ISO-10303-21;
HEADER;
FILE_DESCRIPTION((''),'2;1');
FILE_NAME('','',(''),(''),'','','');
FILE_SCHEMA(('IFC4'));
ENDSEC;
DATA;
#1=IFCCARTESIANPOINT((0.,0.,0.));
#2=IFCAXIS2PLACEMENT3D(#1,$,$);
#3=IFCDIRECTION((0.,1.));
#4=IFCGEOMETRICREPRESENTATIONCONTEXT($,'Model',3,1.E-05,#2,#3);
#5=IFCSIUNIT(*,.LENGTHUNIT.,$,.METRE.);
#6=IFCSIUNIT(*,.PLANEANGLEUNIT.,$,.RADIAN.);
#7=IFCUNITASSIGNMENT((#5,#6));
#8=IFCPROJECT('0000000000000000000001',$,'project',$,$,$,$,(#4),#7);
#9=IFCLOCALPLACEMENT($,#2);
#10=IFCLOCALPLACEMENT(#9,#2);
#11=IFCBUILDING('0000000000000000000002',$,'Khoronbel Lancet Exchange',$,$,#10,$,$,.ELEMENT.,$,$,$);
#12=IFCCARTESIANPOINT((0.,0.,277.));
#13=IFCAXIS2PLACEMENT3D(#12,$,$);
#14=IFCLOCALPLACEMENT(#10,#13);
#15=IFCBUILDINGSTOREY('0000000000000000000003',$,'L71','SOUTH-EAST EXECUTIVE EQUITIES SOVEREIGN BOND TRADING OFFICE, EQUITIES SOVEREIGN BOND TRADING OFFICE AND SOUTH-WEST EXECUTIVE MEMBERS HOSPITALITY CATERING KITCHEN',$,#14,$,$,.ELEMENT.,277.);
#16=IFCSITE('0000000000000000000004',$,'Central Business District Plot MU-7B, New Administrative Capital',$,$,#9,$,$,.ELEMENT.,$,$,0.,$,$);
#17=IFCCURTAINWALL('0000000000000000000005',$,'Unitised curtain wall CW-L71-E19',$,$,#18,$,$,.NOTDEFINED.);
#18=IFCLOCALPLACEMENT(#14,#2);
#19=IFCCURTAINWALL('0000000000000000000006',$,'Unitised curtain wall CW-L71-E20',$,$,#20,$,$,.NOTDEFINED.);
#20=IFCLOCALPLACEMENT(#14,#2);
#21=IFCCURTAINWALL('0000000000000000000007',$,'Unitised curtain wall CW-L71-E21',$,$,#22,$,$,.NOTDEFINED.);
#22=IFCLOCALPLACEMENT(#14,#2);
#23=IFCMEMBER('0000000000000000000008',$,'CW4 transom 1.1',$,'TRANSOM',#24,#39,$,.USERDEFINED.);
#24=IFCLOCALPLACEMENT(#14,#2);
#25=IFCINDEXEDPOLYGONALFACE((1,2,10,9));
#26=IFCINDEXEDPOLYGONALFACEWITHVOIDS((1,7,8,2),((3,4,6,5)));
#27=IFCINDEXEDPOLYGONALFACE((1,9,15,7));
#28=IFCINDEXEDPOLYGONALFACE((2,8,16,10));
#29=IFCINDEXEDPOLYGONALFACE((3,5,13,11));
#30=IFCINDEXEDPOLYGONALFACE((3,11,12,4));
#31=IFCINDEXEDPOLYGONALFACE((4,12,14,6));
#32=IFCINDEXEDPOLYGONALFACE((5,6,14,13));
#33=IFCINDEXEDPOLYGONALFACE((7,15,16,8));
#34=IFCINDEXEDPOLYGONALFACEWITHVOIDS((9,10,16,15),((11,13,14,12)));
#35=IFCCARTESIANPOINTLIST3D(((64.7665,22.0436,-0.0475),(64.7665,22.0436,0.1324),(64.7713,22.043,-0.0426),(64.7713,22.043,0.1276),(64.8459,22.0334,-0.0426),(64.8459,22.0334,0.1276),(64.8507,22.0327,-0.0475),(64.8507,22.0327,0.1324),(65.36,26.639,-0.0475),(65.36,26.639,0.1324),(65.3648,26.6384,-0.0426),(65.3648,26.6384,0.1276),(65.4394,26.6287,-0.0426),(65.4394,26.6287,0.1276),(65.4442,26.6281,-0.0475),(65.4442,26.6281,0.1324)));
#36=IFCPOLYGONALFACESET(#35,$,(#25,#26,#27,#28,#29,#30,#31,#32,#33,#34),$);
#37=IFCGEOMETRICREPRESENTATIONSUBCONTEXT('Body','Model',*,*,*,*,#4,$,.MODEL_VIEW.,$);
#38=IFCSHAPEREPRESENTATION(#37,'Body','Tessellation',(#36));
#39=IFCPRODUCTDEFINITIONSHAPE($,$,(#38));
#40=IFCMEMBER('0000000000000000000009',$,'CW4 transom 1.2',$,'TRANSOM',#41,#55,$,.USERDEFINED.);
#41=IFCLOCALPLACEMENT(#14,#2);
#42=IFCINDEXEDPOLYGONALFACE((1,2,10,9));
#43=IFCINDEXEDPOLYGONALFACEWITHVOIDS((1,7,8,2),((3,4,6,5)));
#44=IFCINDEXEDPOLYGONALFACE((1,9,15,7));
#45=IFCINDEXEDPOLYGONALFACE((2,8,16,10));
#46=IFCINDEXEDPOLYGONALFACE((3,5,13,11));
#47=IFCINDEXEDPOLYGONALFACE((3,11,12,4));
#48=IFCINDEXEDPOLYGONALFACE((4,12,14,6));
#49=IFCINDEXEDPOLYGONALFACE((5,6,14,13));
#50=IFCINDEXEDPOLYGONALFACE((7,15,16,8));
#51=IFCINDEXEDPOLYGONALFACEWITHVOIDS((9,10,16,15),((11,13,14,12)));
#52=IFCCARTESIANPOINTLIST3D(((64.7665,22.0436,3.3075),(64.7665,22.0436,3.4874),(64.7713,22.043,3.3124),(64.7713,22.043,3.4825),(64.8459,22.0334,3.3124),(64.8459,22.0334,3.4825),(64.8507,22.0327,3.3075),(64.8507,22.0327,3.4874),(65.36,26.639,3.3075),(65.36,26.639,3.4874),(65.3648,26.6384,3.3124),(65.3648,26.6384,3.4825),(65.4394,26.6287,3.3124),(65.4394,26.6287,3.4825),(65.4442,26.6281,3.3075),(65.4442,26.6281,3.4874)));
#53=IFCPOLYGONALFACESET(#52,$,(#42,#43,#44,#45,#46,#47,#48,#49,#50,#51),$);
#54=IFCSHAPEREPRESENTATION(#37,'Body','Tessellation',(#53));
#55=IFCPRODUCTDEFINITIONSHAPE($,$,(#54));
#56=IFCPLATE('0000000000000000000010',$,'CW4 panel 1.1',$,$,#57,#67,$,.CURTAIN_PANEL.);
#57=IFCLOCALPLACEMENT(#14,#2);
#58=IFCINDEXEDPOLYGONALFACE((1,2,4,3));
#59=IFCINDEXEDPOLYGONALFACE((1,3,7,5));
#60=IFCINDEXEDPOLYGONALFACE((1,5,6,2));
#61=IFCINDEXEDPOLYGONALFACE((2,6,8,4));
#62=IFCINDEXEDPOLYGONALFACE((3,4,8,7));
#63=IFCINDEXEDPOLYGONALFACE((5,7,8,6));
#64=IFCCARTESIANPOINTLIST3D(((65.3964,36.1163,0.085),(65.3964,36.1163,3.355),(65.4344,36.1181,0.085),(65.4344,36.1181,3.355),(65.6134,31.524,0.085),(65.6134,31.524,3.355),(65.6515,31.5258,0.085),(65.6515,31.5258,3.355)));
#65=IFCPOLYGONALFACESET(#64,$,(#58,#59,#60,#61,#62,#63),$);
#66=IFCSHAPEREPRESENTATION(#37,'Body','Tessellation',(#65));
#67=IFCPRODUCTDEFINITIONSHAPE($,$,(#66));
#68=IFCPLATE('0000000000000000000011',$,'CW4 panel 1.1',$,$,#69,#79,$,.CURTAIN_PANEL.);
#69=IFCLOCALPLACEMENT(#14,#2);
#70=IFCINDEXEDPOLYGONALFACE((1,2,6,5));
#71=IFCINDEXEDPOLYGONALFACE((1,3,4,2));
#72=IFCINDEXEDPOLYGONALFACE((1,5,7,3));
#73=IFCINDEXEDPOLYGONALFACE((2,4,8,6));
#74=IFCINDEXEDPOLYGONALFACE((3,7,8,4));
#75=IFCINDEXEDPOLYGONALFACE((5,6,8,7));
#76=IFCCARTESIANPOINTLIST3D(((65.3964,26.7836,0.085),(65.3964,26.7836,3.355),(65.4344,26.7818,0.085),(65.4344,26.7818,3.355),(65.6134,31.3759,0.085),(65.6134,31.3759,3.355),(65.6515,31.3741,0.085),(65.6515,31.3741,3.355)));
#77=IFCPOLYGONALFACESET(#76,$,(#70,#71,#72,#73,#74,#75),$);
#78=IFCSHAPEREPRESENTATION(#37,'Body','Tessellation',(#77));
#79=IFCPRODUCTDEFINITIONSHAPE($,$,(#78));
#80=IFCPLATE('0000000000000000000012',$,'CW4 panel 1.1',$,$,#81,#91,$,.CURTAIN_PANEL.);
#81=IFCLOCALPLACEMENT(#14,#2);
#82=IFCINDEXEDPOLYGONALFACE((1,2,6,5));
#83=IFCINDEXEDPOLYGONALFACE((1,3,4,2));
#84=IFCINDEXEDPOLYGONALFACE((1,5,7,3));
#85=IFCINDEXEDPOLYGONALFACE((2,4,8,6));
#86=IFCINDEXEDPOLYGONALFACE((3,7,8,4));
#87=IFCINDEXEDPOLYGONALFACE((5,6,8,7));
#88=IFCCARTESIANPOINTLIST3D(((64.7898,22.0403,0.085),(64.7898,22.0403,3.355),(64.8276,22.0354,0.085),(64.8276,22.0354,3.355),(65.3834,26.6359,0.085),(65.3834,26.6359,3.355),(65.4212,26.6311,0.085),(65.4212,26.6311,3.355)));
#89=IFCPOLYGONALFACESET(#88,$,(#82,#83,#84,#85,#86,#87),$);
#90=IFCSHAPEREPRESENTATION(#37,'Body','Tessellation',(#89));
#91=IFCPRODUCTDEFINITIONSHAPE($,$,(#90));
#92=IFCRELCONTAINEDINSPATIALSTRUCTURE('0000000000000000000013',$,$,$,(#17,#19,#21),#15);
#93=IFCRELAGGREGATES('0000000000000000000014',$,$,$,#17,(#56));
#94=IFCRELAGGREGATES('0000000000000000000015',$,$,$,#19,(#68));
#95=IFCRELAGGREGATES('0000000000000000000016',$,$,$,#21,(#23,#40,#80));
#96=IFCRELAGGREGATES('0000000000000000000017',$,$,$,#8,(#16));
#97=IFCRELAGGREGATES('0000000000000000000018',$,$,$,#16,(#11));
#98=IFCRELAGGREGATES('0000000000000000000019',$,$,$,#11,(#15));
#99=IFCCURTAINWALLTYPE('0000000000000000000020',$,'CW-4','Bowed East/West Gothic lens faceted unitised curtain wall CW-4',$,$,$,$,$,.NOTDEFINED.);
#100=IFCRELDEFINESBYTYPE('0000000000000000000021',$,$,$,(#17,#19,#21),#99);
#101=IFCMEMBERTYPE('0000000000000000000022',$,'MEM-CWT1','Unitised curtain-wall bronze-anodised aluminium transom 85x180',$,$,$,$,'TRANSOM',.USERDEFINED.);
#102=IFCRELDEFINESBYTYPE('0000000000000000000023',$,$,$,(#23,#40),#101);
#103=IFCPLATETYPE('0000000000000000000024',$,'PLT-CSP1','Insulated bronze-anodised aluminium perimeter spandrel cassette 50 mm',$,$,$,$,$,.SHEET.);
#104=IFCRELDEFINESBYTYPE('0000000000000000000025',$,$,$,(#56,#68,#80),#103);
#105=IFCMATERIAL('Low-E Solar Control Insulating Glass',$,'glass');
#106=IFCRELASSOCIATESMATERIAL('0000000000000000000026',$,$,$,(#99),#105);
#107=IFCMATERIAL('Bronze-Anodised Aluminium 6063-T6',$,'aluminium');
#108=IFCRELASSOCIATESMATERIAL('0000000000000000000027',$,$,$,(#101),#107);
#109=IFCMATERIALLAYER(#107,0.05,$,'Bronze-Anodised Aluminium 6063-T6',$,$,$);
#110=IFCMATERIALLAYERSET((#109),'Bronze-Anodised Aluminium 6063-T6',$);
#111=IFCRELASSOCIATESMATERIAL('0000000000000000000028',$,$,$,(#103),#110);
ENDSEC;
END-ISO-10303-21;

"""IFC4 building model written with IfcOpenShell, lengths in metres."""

from ifc_helpers import new_model, si_unit, direction, frame, origin, origin_2d, place, context, subcontext, project, spatial, rectangle, hollow_rectangle, extrude, material, layer, layer_set, material_profile, profile_set, type_object, element, aggregate, save


model = new_model("IFC4")

# Units and contexts
model_context = context("Model", 3, precision=1e-05, world=origin(), true_north=direction((0.0, 1.0)))
body_context = subcontext(model_context, "Body", "Model", "MODEL_VIEW")
ifc_project = project(units=[si_unit("LENGTHUNIT", "METRE"), si_unit("PLANEANGLEUNIT", "RADIAN")], contexts=[model_context])

# Site, building, storey
site_placement = place(None, origin())
site = spatial("IfcSite", under=ifc_project, at=site_placement, Name="Central Business District Plot MU-7B, New Administrative Capital", CompositionType="ELEMENT", RefElevation=0.0)
building_placement = place(site_placement, origin())
building = spatial("IfcBuilding", under=site, at=building_placement, Name="Khoronbel Lancet Exchange", CompositionType="ELEMENT")
storey_placement = place(building_placement, frame((0.0, 0.0, 277.0)))
storey = spatial("IfcBuildingStorey", under=building, at=storey_placement, Name="L71", Description="SOUTH-EAST EXECUTIVE EQUITIES SOVEREIGN BOND TRADING OFFICE, EQUITIES SOVEREIGN BOND TRADING OFFICE AND SOUTH-WEST EXECUTIVE MEMBERS HOSPITALITY CATERING KITCHEN", CompositionType="ELEMENT", Elevation=277.0)

# Curtain walls
ifc_material_1 = material(Name="Low-E Solar Control Insulating Glass", Category="glass")
curtain_wall_type = type_object("IfcCurtainWallType", Name="CW-4", Description="Bowed East/West Gothic lens faceted unitised curtain wall CW-4", PredefinedType="NOTDEFINED", material=ifc_material_1)
curtain_wall_1_placement = place(storey_placement, origin())
curtain_wall_1 = element("IfcCurtainWall", 1, at=curtain_wall_1_placement, inside=storey, type_object=curtain_wall_type, Name="Unitised curtain wall CW-L71-E19", PredefinedType="NOTDEFINED")
ifc_material_2 = material(Name="Bronze-Anodised Aluminium 6063-T6", Category="aluminium")
curtain_wall_2_placement = place(storey_placement, origin())
curtain_wall_2 = element("IfcCurtainWall", 2, at=curtain_wall_2_placement, inside=storey, type_object=curtain_wall_type, Name="Unitised curtain wall CW-L71-E20", PredefinedType="NOTDEFINED")

# Curtain wall
curtain_wall_3_placement = place(storey_placement, origin())
curtain_wall_3 = element("IfcCurtainWall", 3, at=curtain_wall_3_placement, inside=storey, type_object=curtain_wall_type, Name="Unitised curtain wall CW-L71-E21", PredefinedType="NOTDEFINED")

# Members
ifc_material_profile_1 = material_profile(ifc_material_2, hollow_rectangle(XDim=0.085, YDim=0.1799, WallThickness=0.0049, at=origin_2d()), Name="ALU TRANSOM 85x180")
ifc_profile_set_1 = profile_set([ifc_material_profile_1], Name="Bronze-Anodised Aluminium 6063-T6")
member_type_1 = type_object("IfcMemberType", Name="MEM-CWT1", Description="Unitised curtain-wall bronze-anodised aluminium transom 85x180", ElementType="TRANSOM", PredefinedType="USERDEFINED", material=ifc_profile_set_1)
member_1_placement = place(storey_placement, frame((65.4021, 26.6335, 0.0425), z_axis=(-0.128087, -0.991763, 0.0), x_axis=(0.991763, -0.128087, 0.0)))
member_1 = element("IfcMember", 4, at=member_1_placement, type_object=member_type_1, Name="CW4 transom 1.1", ObjectType="TRANSOM", PredefinedType="USERDEFINED", context=body_context, shape_type="SweptSolid", body=[
    extrude(hollow_rectangle(XDim=0.085, YDim=0.1799, WallThickness=0.0049, at=origin_2d()), origin(), (0.0, 0.0, 1.0), 4.6335),
])
member_2_placement = place(storey_placement, frame((65.4021, 26.6335, 3.3975), z_axis=(-0.128087, -0.991763, 0.0), x_axis=(0.991763, -0.128087, 0.0)))
member_2 = element("IfcMember", 5, at=member_2_placement, type_object=member_type_1, Name="CW4 transom 1.2", ObjectType="TRANSOM", PredefinedType="USERDEFINED", context=body_context, shape_type="SweptSolid", body=[
    extrude(hollow_rectangle(XDim=0.085, YDim=0.1799, WallThickness=0.0049, at=origin_2d()), origin(), (0.0, 0.0, 1.0), 4.6335),
])

# Plates
ifc_layer = layer(ifc_material_2, 0.05, Name="Bronze-Anodised Aluminium 6063-T6")
ifc_layer_set = layer_set([ifc_layer], Name="Bronze-Anodised Aluminium 6063-T6")
plate_type = type_object("IfcPlateType", Name="PLT-CSP1", Description="Insulated bronze-anodised aluminium perimeter spandrel cassette 50 mm", PredefinedType="SHEET", material=ifc_layer_set)
plate_1_placement = place(storey_placement, frame((65.5239, 33.821, 0.085), z_axis=(0.0, 0.0, 1.0), x_axis=(0.047205, -0.998885, 0.0)))
plate_1 = element("IfcPlate", 6, at=plate_1_placement, type_object=plate_type, Name="CW4 panel 1.1", PredefinedType="CURTAIN_PANEL", context=body_context, shape_type="SweptSolid", body=[
    extrude(rectangle(XDim=4.5974, YDim=0.0381, at=origin_2d()), origin(), (0.0, 0.0, 1.0), 3.27),
])
aggregate(curtain_wall_1, [plate_1])
plate_2_placement = place(storey_placement, frame((65.5239, 29.0789, 0.085), z_axis=(0.0, 0.0, 1.0), x_axis=(-0.047205, -0.998885, 0.0)))
plate_2 = element("IfcPlate", 7, at=plate_2_placement, type_object=plate_type, Name="CW4 panel 1.1", PredefinedType="CURTAIN_PANEL", context=body_context, shape_type="SweptSolid", body=[
    extrude(rectangle(XDim=4.5974, YDim=0.0381, at=origin_2d()), origin(), (0.0, 0.0, 1.0), 3.27),
])
aggregate(curtain_wall_2, [plate_2])
plate_3_placement = place(storey_placement, frame((65.1055, 24.3357, 0.085), z_axis=(0.0, 0.0, 1.0), x_axis=(-0.128101, -0.991761, 0.0)))
plate_3 = element("IfcPlate", 8, at=plate_3_placement, type_object=plate_type, Name="CW4 panel 1.1", PredefinedType="CURTAIN_PANEL", context=body_context, shape_type="SweptSolid", body=[
    extrude(rectangle(XDim=4.6338, YDim=0.0381, at=origin_2d()), origin(), (0.0, 0.0, 1.0), 3.27),
])
aggregate(curtain_wall_3, [member_1, member_2, plate_3])

save(model, "model.ifc")
